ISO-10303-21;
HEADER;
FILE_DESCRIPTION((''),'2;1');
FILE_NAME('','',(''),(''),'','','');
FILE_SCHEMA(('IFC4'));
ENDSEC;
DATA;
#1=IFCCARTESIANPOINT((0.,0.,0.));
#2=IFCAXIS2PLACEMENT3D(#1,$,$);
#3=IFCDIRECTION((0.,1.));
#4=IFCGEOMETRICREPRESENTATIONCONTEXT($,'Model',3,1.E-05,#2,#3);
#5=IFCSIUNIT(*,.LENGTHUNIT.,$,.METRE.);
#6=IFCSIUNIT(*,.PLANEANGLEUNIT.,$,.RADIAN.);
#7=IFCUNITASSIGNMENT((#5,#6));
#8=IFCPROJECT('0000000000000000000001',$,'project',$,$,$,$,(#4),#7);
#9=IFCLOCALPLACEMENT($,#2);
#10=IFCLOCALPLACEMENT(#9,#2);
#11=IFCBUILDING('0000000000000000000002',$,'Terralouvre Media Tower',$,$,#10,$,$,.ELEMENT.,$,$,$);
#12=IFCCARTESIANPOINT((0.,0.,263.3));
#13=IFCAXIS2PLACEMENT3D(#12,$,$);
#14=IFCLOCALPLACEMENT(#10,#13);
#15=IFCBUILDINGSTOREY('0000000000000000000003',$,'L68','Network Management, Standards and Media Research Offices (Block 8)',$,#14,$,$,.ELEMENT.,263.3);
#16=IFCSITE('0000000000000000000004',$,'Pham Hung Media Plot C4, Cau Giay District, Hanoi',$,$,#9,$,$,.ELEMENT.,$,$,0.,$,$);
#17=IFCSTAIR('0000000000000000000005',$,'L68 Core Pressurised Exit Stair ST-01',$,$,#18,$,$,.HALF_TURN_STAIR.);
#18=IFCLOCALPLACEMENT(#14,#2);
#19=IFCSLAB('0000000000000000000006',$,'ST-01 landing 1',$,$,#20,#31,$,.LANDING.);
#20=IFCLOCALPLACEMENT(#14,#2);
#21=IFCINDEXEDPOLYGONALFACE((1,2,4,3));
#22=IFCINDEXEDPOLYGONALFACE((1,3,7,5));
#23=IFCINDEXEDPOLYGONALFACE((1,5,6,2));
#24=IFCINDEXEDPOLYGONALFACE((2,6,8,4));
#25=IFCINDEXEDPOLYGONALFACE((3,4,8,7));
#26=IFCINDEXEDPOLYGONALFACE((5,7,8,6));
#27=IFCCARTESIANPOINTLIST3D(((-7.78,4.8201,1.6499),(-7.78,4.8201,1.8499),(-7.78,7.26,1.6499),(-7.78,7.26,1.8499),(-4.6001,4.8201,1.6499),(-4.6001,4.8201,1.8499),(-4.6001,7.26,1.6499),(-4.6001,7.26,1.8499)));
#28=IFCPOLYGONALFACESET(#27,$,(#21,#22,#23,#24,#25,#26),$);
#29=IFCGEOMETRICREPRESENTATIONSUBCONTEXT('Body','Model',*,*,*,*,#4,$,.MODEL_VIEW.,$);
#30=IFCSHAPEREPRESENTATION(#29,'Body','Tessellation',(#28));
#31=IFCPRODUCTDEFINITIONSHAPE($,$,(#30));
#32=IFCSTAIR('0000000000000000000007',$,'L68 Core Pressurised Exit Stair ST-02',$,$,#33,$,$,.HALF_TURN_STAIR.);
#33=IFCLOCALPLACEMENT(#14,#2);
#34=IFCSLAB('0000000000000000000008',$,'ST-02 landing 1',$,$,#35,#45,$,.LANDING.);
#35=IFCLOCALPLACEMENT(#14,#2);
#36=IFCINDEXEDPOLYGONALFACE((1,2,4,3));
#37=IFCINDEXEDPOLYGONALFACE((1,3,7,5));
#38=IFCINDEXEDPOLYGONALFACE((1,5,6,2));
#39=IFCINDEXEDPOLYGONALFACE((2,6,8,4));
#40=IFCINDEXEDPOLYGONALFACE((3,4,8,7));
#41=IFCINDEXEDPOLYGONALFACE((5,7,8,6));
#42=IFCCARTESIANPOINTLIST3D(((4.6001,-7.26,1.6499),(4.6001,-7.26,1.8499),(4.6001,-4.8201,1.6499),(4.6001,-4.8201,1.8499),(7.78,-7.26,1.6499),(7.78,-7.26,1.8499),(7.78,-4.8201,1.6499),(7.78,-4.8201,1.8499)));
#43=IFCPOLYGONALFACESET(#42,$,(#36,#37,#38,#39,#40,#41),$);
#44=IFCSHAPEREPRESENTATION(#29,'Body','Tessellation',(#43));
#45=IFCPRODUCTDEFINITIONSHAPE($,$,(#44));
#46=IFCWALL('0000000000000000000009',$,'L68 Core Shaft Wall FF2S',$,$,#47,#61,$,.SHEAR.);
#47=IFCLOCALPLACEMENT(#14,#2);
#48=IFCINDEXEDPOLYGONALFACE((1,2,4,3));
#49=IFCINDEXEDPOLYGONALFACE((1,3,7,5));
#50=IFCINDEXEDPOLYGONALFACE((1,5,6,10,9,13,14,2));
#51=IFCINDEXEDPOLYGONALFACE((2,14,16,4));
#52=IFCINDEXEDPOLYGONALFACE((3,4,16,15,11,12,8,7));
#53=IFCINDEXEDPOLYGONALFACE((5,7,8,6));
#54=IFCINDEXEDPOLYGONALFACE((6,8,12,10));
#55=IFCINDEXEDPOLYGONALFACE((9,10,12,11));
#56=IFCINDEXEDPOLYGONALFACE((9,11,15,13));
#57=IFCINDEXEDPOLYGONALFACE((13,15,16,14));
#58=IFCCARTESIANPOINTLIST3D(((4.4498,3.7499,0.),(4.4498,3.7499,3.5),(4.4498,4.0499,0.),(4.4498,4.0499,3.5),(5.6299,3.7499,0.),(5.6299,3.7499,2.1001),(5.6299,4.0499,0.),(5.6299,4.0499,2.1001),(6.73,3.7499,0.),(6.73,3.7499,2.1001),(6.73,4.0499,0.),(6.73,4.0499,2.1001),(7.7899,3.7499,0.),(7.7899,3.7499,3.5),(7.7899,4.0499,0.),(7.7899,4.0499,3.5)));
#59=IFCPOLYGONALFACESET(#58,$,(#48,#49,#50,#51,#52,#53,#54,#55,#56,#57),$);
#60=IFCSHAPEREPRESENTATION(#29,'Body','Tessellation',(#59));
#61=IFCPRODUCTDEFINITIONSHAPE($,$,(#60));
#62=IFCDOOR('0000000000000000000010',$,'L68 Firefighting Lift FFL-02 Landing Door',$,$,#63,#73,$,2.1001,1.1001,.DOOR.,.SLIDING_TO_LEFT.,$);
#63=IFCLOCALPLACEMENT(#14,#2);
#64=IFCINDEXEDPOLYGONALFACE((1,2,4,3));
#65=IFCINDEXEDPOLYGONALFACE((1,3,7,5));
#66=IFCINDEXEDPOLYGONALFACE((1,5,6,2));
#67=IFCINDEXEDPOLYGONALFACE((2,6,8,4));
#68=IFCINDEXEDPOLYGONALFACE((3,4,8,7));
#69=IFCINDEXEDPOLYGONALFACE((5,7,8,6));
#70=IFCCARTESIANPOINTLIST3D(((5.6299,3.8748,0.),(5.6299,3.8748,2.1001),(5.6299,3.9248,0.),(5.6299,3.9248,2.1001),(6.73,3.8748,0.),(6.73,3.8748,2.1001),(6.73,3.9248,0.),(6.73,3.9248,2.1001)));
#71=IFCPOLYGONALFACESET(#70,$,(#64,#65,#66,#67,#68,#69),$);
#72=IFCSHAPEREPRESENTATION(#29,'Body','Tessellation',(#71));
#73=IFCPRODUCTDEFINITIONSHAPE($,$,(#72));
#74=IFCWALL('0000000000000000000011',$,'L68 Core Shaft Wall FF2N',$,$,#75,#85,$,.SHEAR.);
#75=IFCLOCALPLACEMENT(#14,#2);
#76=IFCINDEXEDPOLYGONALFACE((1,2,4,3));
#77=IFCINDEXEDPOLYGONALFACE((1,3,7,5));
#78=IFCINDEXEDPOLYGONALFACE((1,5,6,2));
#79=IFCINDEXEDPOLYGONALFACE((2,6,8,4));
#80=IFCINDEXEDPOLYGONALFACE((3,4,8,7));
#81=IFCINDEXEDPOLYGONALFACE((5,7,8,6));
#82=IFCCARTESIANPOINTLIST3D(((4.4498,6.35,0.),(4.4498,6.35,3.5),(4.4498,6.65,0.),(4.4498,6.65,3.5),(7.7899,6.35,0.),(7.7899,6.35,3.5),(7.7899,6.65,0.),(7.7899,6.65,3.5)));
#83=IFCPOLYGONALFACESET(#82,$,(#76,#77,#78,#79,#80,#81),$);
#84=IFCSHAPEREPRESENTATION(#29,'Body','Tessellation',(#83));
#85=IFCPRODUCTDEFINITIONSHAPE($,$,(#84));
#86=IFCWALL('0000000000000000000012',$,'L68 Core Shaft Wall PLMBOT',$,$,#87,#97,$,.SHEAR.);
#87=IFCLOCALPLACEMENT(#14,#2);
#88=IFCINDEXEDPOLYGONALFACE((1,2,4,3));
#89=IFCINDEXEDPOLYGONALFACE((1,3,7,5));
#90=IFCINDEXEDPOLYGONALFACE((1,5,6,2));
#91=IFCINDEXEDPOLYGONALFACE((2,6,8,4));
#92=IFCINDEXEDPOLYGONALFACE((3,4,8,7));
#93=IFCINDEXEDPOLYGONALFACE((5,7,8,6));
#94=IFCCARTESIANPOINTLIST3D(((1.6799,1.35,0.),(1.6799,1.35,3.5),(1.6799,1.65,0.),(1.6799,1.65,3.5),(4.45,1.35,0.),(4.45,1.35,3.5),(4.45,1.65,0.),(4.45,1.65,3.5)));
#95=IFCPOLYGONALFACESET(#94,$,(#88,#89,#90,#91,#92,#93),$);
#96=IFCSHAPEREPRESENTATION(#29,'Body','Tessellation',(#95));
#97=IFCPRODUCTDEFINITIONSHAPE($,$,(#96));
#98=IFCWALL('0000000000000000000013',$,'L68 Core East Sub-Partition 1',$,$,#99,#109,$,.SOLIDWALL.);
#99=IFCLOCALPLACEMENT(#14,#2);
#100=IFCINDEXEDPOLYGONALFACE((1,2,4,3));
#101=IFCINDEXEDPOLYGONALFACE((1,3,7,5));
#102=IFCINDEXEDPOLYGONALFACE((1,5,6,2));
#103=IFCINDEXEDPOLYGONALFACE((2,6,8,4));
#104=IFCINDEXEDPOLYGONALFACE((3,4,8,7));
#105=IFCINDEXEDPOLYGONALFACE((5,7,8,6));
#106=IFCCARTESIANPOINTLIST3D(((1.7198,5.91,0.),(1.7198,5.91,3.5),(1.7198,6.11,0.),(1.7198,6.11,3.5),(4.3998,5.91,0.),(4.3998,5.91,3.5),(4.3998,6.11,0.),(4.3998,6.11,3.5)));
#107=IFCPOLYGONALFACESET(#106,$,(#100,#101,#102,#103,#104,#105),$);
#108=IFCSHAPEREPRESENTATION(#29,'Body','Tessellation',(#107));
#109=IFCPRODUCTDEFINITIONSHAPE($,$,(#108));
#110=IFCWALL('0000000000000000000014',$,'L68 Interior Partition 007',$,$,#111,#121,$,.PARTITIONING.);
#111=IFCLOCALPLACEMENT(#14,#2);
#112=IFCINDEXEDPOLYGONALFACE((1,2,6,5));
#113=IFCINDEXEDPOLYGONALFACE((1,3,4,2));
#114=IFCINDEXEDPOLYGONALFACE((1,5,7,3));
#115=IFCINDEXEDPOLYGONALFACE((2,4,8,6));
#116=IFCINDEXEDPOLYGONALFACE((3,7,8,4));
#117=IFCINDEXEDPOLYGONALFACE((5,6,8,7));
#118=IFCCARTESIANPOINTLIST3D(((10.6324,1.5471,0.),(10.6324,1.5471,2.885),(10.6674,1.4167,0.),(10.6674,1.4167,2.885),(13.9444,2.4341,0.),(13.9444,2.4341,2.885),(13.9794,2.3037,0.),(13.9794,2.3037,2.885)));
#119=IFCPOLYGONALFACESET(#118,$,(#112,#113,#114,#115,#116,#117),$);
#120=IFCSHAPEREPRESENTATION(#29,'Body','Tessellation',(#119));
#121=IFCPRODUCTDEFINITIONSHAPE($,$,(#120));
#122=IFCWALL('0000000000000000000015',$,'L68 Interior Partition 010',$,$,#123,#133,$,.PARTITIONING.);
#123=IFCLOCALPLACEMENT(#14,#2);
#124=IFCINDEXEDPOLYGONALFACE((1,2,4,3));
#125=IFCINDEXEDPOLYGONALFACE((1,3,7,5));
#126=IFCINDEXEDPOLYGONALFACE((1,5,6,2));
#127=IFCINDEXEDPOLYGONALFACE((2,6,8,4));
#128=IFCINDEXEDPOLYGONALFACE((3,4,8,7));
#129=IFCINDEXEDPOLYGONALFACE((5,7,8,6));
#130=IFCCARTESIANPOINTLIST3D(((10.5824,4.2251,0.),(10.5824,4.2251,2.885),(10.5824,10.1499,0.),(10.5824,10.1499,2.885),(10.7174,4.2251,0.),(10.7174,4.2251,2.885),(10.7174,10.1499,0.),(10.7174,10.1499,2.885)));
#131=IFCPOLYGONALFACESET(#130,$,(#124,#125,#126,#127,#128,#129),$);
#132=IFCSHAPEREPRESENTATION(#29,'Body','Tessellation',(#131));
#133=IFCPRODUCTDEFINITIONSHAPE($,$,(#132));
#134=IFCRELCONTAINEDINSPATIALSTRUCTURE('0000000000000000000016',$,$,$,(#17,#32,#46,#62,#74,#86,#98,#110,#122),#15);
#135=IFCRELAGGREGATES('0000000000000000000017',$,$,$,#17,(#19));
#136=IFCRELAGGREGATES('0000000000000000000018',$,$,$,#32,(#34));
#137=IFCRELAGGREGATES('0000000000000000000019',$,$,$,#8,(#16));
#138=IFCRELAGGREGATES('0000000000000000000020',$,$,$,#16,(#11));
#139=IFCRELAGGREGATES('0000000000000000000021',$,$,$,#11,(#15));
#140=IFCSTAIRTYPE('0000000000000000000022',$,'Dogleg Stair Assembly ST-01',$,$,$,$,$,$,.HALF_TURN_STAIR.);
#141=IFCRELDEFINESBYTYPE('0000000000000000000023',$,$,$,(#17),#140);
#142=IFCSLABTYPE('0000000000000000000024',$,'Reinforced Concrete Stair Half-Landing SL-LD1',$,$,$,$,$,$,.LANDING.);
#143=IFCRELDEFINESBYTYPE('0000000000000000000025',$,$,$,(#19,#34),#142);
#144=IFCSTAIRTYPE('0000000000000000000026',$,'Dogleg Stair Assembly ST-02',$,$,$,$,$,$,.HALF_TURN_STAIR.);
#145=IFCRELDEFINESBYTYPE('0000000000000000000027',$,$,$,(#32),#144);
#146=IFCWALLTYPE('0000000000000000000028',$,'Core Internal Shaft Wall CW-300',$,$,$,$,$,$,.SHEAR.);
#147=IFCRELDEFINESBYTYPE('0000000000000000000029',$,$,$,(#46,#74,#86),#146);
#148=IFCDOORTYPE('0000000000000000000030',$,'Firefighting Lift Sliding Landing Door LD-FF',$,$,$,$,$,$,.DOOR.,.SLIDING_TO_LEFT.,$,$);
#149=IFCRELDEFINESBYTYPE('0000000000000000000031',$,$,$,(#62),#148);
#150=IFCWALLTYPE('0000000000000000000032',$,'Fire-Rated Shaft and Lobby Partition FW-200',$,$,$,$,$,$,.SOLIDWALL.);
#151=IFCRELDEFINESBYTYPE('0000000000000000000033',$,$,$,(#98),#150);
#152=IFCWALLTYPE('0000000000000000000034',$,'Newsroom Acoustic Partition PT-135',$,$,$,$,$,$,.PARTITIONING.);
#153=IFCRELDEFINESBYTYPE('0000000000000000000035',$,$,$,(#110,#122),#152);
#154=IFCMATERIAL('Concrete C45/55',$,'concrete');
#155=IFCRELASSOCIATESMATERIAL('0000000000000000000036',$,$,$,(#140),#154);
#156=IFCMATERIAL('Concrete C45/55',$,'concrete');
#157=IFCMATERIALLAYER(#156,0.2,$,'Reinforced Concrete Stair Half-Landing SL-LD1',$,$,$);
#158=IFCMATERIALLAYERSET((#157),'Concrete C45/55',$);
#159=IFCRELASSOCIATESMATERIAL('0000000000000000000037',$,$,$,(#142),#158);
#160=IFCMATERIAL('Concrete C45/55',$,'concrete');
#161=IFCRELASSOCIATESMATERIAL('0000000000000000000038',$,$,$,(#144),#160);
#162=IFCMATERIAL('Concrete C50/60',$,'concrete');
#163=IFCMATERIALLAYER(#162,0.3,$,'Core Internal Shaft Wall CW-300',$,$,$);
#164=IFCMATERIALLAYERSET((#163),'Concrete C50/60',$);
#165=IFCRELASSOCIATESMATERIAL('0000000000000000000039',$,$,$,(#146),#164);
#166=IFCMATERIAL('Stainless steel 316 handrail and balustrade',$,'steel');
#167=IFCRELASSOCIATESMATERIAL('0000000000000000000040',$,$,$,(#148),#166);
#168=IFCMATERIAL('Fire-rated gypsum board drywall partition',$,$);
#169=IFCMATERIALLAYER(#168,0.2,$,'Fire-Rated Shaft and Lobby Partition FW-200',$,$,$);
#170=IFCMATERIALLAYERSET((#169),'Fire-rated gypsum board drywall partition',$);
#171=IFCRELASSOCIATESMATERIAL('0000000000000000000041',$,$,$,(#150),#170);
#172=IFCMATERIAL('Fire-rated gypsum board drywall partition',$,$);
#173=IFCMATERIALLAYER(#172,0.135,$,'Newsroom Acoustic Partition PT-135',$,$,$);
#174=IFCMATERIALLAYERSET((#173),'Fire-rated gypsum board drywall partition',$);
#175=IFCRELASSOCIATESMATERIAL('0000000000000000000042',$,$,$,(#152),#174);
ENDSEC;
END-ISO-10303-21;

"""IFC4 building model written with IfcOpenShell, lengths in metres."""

from ifc_helpers import new_model, si_unit, direction, frame, frame_2d, origin, place, context, subcontext, project, spatial, polyline, rectangle, outline, extrude, material, layer, layer_set, type_object, element, fill, aggregate, save


model = new_model("IFC4")

# Units and contexts
model_context = context("Model", 3, precision=1e-05, world=origin(), true_north=direction((0.0, 1.0)))
body_context = subcontext(model_context, "Body", "Model", "MODEL_VIEW")
ifc_project = project(units=[si_unit("LENGTHUNIT", "METRE"), si_unit("PLANEANGLEUNIT", "RADIAN")], contexts=[model_context])

# Site, building, storey
site_placement = place(None, origin())
site = spatial("IfcSite", under=ifc_project, at=site_placement, Name="Pham Hung Media Plot C4, Cau Giay District, Hanoi", CompositionType="ELEMENT", RefElevation=0.0)
building_placement = place(site_placement, origin())
building = spatial("IfcBuilding", under=site, at=building_placement, Name="Terralouvre Media Tower", CompositionType="ELEMENT")
storey_placement = place(building_placement, frame((0.0, 0.0, 263.3)))
storey = spatial("IfcBuildingStorey", under=building, at=storey_placement, Name="L68", Description="Network Management, Standards and Media Research Offices (Block 8)", CompositionType="ELEMENT", Elevation=263.3)

# Stairs, slabs
ifc_material_1 = material(Name="Concrete C45/55", Category="concrete")
stair_type_1 = type_object("IfcStairType", Name="Dogleg Stair Assembly ST-01", PredefinedType="HALF_TURN_STAIR", material=ifc_material_1)
stair_1_placement = place(storey_placement, origin())
stair_1 = element("IfcStair", 1, at=stair_1_placement, inside=storey, type_object=stair_type_1, Name="L68 Core Pressurised Exit Stair ST-01", PredefinedType="HALF_TURN_STAIR")
ifc_material_2 = material(Name="Concrete C45/55", Category="concrete")
ifc_layer_1 = layer(ifc_material_2, 0.2, Name="Reinforced Concrete Stair Half-Landing SL-LD1")
ifc_layer_set_1 = layer_set([ifc_layer_1], Name="Concrete C45/55")
slab_type = type_object("IfcSlabType", Name="Reinforced Concrete Stair Half-Landing SL-LD1", PredefinedType="LANDING", material=ifc_layer_set_1)
slab_1_placement = place(storey_placement, frame((0.0, 0.0, 1.6499)))
slab_1 = element("IfcSlab", 2, at=slab_1_placement, type_object=slab_type, Name="ST-01 landing 1", PredefinedType="LANDING", context=body_context, shape_type="SweptSolid", body=[
    extrude(outline(polyline([(-4.6001, 4.8201), (-4.6001, 7.26), (-7.78, 7.26), (-7.78, 4.8201), (-4.6001, 4.8201)])), origin(), (0.0, 0.0, 1.0), 0.2),
])
aggregate(stair_1, [slab_1])
ifc_material_3 = material(Name="Concrete C45/55", Category="concrete")
stair_type_2 = type_object("IfcStairType", Name="Dogleg Stair Assembly ST-02", PredefinedType="HALF_TURN_STAIR", material=ifc_material_3)
stair_2_placement = place(storey_placement, origin())
stair_2 = element("IfcStair", 3, at=stair_2_placement, inside=storey, type_object=stair_type_2, Name="L68 Core Pressurised Exit Stair ST-02", PredefinedType="HALF_TURN_STAIR")
slab_2_placement = place(storey_placement, frame((0.0, 0.0, 1.6499)))
slab_2 = element("IfcSlab", 4, at=slab_2_placement, type_object=slab_type, Name="ST-02 landing 1", PredefinedType="LANDING", context=body_context, shape_type="SweptSolid", body=[
    extrude(outline(polyline([(4.6001, -4.8201), (4.6001, -7.26), (7.78, -7.26), (7.78, -4.8201), (4.6001, -4.8201)])), origin(), (0.0, 0.0, 1.0), 0.2),
])
aggregate(stair_2, [slab_2])

# Wall, opening, door
ifc_material_4 = material(Name="Concrete C50/60", Category="concrete")
ifc_layer_2 = layer(ifc_material_4, 0.3, Name="Core Internal Shaft Wall CW-300")
ifc_layer_set_2 = layer_set([ifc_layer_2], Name="Concrete C50/60")
wall_type_1 = type_object("IfcWallType", Name="Core Internal Shaft Wall CW-300", PredefinedType="SHEAR", material=ifc_layer_set_2)
wall_1_placement = place(storey_placement, frame((4.45, 3.8999, 0.0), z_axis=(0.0, 0.0, 1.0), x_axis=(1.0, 0.0, 0.0)))
wall_1 = element("IfcWall", 5, at=wall_1_placement, inside=storey, type_object=wall_type_1, Name="L68 Core Shaft Wall FF2S", PredefinedType="SHEAR", context=body_context, shape_type="SweptSolid", body=[
    extrude(rectangle(XDim=3.3401, YDim=0.3, at=frame_2d((1.6699, 0.0))), origin(), (0.0, 0.0, 1.0), 3.5),
])
opening_placement = place(wall_1_placement, frame((1.1799, 0.0, 0.0)))
opening = element("IfcOpeningElement", 6, at=opening_placement, cuts=wall_1, PredefinedType="OPENING", context=body_context, shape_type="SweptSolid", body=[
    extrude(rectangle(XDim=1.1001, YDim=2.1001, at=frame_2d((0.55, 1.05))), frame((0.0, 0.1599, 0.0), z_axis=(0.0, -1.0, 0.0), x_axis=(1.0, 0.0, 0.0)), (0.0, 0.0, 1.0), 0.3201),
])
ifc_material_5 = material(Name="Stainless steel 316 handrail and balustrade", Category="steel")
door_type = type_object("IfcDoorType", Name="Firefighting Lift Sliding Landing Door LD-FF", OperationType="SLIDING_TO_LEFT", PredefinedType="DOOR", material=ifc_material_5)
door_placement = place(opening_placement, origin())
door = element("IfcDoor", 7, at=door_placement, inside=storey, type_object=door_type, Name="L68 Firefighting Lift FFL-02 Landing Door", OperationType="SLIDING_TO_LEFT", OverallHeight=2.1001, OverallWidth=1.1001, PredefinedType="DOOR", context=body_context, shape_type="SweptSolid", body=[
    extrude(rectangle(XDim=1.1001, YDim=2.1001, at=frame_2d((0.55, 1.05))), frame((0.0, 0.0249, 0.0), z_axis=(0.0, -1.0, 0.0), x_axis=(1.0, 0.0, 0.0)), (0.0, 0.0, 1.0), 0.05),
])
fill(opening, door)

# Walls
wall_2_placement = place(storey_placement, frame((4.45, 6.5, 0.0), z_axis=(0.0, 0.0, 1.0), x_axis=(1.0, 0.0, 0.0)))
element("IfcWall", 8, at=wall_2_placement, inside=storey, type_object=wall_type_1, Name="L68 Core Shaft Wall FF2N", PredefinedType="SHEAR", context=body_context, shape_type="SweptSolid", body=[
    extrude(rectangle(XDim=3.3401, YDim=0.3, at=frame_2d((1.6699, 0.0))), origin(), (0.0, 0.0, 1.0), 3.5),
])
wall_3_placement = place(storey_placement, frame((1.6799, 1.5, 0.0), z_axis=(0.0, 0.0, 1.0), x_axis=(1.0, 0.0, 0.0)))
element("IfcWall", 9, at=wall_3_placement, inside=storey, type_object=wall_type_1, Name="L68 Core Shaft Wall PLMBOT", PredefinedType="SHEAR", context=body_context, shape_type="SweptSolid", body=[
    extrude(rectangle(XDim=2.77, YDim=0.3, at=frame_2d((1.385, 0.0))), origin(), (0.0, 0.0, 1.0), 3.5),
])
ifc_material_6 = material(Name="Fire-rated gypsum board drywall partition")
ifc_layer_3 = layer(ifc_material_6, 0.2, Name="Fire-Rated Shaft and Lobby Partition FW-200")
ifc_layer_set_3 = layer_set([ifc_layer_3], Name="Fire-rated gypsum board drywall partition")
wall_type_2 = type_object("IfcWallType", Name="Fire-Rated Shaft and Lobby Partition FW-200", PredefinedType="SOLIDWALL", material=ifc_layer_set_3)
wall_4_placement = place(storey_placement, frame((1.72, 6.01, 0.0), z_axis=(0.0, 0.0, 1.0), x_axis=(1.0, 0.0, 0.0)))
element("IfcWall", 10, at=wall_4_placement, inside=storey, type_object=wall_type_2, Name="L68 Core East Sub-Partition 1", PredefinedType="SOLIDWALL", context=body_context, shape_type="SweptSolid", body=[
    extrude(rectangle(XDim=2.6799, YDim=0.2, at=frame_2d((1.3398, 0.0))), origin(), (0.0, 0.0, 1.0), 3.5),
])
ifc_material_7 = material(Name="Fire-rated gypsum board drywall partition")
ifc_layer_4 = layer(ifc_material_7, 0.135, Name="Newsroom Acoustic Partition PT-135")
ifc_layer_set_4 = layer_set([ifc_layer_4], Name="Fire-rated gypsum board drywall partition")
wall_type_3 = type_object("IfcWallType", Name="Newsroom Acoustic Partition PT-135", PredefinedType="PARTITIONING", material=ifc_layer_set_4)
wall_5_placement = place(storey_placement, frame((10.6499, 1.4819, 0.0), z_axis=(0.0, 0.0, 1.0), x_axis=(0.965961, 0.258686, 0.0)))
element("IfcWall", 11, at=wall_5_placement, inside=storey, type_object=wall_type_3, Name="L68 Interior Partition 007", PredefinedType="PARTITIONING", context=body_context, shape_type="SweptSolid", body=[
    extrude(rectangle(XDim=3.4287, YDim=0.135, at=frame_2d((1.7144, 0.0))), origin(), (0.0, 0.0, 1.0), 2.885),
])
wall_6_placement = place(storey_placement, frame((10.6499, 4.2251, 0.0), z_axis=(0.0, 0.0, 1.0), x_axis=(0.0, 1.0, 0.0)))
element("IfcWall", 12, at=wall_6_placement, inside=storey, type_object=wall_type_3, Name="L68 Interior Partition 010", PredefinedType="PARTITIONING", context=body_context, shape_type="SweptSolid", body=[
    extrude(rectangle(XDim=5.9248, YDim=0.135, at=frame_2d((2.9624, 0.0))), origin(), (0.0, 0.0, 1.0), 2.885),
])

save(model, "model.ifc")
